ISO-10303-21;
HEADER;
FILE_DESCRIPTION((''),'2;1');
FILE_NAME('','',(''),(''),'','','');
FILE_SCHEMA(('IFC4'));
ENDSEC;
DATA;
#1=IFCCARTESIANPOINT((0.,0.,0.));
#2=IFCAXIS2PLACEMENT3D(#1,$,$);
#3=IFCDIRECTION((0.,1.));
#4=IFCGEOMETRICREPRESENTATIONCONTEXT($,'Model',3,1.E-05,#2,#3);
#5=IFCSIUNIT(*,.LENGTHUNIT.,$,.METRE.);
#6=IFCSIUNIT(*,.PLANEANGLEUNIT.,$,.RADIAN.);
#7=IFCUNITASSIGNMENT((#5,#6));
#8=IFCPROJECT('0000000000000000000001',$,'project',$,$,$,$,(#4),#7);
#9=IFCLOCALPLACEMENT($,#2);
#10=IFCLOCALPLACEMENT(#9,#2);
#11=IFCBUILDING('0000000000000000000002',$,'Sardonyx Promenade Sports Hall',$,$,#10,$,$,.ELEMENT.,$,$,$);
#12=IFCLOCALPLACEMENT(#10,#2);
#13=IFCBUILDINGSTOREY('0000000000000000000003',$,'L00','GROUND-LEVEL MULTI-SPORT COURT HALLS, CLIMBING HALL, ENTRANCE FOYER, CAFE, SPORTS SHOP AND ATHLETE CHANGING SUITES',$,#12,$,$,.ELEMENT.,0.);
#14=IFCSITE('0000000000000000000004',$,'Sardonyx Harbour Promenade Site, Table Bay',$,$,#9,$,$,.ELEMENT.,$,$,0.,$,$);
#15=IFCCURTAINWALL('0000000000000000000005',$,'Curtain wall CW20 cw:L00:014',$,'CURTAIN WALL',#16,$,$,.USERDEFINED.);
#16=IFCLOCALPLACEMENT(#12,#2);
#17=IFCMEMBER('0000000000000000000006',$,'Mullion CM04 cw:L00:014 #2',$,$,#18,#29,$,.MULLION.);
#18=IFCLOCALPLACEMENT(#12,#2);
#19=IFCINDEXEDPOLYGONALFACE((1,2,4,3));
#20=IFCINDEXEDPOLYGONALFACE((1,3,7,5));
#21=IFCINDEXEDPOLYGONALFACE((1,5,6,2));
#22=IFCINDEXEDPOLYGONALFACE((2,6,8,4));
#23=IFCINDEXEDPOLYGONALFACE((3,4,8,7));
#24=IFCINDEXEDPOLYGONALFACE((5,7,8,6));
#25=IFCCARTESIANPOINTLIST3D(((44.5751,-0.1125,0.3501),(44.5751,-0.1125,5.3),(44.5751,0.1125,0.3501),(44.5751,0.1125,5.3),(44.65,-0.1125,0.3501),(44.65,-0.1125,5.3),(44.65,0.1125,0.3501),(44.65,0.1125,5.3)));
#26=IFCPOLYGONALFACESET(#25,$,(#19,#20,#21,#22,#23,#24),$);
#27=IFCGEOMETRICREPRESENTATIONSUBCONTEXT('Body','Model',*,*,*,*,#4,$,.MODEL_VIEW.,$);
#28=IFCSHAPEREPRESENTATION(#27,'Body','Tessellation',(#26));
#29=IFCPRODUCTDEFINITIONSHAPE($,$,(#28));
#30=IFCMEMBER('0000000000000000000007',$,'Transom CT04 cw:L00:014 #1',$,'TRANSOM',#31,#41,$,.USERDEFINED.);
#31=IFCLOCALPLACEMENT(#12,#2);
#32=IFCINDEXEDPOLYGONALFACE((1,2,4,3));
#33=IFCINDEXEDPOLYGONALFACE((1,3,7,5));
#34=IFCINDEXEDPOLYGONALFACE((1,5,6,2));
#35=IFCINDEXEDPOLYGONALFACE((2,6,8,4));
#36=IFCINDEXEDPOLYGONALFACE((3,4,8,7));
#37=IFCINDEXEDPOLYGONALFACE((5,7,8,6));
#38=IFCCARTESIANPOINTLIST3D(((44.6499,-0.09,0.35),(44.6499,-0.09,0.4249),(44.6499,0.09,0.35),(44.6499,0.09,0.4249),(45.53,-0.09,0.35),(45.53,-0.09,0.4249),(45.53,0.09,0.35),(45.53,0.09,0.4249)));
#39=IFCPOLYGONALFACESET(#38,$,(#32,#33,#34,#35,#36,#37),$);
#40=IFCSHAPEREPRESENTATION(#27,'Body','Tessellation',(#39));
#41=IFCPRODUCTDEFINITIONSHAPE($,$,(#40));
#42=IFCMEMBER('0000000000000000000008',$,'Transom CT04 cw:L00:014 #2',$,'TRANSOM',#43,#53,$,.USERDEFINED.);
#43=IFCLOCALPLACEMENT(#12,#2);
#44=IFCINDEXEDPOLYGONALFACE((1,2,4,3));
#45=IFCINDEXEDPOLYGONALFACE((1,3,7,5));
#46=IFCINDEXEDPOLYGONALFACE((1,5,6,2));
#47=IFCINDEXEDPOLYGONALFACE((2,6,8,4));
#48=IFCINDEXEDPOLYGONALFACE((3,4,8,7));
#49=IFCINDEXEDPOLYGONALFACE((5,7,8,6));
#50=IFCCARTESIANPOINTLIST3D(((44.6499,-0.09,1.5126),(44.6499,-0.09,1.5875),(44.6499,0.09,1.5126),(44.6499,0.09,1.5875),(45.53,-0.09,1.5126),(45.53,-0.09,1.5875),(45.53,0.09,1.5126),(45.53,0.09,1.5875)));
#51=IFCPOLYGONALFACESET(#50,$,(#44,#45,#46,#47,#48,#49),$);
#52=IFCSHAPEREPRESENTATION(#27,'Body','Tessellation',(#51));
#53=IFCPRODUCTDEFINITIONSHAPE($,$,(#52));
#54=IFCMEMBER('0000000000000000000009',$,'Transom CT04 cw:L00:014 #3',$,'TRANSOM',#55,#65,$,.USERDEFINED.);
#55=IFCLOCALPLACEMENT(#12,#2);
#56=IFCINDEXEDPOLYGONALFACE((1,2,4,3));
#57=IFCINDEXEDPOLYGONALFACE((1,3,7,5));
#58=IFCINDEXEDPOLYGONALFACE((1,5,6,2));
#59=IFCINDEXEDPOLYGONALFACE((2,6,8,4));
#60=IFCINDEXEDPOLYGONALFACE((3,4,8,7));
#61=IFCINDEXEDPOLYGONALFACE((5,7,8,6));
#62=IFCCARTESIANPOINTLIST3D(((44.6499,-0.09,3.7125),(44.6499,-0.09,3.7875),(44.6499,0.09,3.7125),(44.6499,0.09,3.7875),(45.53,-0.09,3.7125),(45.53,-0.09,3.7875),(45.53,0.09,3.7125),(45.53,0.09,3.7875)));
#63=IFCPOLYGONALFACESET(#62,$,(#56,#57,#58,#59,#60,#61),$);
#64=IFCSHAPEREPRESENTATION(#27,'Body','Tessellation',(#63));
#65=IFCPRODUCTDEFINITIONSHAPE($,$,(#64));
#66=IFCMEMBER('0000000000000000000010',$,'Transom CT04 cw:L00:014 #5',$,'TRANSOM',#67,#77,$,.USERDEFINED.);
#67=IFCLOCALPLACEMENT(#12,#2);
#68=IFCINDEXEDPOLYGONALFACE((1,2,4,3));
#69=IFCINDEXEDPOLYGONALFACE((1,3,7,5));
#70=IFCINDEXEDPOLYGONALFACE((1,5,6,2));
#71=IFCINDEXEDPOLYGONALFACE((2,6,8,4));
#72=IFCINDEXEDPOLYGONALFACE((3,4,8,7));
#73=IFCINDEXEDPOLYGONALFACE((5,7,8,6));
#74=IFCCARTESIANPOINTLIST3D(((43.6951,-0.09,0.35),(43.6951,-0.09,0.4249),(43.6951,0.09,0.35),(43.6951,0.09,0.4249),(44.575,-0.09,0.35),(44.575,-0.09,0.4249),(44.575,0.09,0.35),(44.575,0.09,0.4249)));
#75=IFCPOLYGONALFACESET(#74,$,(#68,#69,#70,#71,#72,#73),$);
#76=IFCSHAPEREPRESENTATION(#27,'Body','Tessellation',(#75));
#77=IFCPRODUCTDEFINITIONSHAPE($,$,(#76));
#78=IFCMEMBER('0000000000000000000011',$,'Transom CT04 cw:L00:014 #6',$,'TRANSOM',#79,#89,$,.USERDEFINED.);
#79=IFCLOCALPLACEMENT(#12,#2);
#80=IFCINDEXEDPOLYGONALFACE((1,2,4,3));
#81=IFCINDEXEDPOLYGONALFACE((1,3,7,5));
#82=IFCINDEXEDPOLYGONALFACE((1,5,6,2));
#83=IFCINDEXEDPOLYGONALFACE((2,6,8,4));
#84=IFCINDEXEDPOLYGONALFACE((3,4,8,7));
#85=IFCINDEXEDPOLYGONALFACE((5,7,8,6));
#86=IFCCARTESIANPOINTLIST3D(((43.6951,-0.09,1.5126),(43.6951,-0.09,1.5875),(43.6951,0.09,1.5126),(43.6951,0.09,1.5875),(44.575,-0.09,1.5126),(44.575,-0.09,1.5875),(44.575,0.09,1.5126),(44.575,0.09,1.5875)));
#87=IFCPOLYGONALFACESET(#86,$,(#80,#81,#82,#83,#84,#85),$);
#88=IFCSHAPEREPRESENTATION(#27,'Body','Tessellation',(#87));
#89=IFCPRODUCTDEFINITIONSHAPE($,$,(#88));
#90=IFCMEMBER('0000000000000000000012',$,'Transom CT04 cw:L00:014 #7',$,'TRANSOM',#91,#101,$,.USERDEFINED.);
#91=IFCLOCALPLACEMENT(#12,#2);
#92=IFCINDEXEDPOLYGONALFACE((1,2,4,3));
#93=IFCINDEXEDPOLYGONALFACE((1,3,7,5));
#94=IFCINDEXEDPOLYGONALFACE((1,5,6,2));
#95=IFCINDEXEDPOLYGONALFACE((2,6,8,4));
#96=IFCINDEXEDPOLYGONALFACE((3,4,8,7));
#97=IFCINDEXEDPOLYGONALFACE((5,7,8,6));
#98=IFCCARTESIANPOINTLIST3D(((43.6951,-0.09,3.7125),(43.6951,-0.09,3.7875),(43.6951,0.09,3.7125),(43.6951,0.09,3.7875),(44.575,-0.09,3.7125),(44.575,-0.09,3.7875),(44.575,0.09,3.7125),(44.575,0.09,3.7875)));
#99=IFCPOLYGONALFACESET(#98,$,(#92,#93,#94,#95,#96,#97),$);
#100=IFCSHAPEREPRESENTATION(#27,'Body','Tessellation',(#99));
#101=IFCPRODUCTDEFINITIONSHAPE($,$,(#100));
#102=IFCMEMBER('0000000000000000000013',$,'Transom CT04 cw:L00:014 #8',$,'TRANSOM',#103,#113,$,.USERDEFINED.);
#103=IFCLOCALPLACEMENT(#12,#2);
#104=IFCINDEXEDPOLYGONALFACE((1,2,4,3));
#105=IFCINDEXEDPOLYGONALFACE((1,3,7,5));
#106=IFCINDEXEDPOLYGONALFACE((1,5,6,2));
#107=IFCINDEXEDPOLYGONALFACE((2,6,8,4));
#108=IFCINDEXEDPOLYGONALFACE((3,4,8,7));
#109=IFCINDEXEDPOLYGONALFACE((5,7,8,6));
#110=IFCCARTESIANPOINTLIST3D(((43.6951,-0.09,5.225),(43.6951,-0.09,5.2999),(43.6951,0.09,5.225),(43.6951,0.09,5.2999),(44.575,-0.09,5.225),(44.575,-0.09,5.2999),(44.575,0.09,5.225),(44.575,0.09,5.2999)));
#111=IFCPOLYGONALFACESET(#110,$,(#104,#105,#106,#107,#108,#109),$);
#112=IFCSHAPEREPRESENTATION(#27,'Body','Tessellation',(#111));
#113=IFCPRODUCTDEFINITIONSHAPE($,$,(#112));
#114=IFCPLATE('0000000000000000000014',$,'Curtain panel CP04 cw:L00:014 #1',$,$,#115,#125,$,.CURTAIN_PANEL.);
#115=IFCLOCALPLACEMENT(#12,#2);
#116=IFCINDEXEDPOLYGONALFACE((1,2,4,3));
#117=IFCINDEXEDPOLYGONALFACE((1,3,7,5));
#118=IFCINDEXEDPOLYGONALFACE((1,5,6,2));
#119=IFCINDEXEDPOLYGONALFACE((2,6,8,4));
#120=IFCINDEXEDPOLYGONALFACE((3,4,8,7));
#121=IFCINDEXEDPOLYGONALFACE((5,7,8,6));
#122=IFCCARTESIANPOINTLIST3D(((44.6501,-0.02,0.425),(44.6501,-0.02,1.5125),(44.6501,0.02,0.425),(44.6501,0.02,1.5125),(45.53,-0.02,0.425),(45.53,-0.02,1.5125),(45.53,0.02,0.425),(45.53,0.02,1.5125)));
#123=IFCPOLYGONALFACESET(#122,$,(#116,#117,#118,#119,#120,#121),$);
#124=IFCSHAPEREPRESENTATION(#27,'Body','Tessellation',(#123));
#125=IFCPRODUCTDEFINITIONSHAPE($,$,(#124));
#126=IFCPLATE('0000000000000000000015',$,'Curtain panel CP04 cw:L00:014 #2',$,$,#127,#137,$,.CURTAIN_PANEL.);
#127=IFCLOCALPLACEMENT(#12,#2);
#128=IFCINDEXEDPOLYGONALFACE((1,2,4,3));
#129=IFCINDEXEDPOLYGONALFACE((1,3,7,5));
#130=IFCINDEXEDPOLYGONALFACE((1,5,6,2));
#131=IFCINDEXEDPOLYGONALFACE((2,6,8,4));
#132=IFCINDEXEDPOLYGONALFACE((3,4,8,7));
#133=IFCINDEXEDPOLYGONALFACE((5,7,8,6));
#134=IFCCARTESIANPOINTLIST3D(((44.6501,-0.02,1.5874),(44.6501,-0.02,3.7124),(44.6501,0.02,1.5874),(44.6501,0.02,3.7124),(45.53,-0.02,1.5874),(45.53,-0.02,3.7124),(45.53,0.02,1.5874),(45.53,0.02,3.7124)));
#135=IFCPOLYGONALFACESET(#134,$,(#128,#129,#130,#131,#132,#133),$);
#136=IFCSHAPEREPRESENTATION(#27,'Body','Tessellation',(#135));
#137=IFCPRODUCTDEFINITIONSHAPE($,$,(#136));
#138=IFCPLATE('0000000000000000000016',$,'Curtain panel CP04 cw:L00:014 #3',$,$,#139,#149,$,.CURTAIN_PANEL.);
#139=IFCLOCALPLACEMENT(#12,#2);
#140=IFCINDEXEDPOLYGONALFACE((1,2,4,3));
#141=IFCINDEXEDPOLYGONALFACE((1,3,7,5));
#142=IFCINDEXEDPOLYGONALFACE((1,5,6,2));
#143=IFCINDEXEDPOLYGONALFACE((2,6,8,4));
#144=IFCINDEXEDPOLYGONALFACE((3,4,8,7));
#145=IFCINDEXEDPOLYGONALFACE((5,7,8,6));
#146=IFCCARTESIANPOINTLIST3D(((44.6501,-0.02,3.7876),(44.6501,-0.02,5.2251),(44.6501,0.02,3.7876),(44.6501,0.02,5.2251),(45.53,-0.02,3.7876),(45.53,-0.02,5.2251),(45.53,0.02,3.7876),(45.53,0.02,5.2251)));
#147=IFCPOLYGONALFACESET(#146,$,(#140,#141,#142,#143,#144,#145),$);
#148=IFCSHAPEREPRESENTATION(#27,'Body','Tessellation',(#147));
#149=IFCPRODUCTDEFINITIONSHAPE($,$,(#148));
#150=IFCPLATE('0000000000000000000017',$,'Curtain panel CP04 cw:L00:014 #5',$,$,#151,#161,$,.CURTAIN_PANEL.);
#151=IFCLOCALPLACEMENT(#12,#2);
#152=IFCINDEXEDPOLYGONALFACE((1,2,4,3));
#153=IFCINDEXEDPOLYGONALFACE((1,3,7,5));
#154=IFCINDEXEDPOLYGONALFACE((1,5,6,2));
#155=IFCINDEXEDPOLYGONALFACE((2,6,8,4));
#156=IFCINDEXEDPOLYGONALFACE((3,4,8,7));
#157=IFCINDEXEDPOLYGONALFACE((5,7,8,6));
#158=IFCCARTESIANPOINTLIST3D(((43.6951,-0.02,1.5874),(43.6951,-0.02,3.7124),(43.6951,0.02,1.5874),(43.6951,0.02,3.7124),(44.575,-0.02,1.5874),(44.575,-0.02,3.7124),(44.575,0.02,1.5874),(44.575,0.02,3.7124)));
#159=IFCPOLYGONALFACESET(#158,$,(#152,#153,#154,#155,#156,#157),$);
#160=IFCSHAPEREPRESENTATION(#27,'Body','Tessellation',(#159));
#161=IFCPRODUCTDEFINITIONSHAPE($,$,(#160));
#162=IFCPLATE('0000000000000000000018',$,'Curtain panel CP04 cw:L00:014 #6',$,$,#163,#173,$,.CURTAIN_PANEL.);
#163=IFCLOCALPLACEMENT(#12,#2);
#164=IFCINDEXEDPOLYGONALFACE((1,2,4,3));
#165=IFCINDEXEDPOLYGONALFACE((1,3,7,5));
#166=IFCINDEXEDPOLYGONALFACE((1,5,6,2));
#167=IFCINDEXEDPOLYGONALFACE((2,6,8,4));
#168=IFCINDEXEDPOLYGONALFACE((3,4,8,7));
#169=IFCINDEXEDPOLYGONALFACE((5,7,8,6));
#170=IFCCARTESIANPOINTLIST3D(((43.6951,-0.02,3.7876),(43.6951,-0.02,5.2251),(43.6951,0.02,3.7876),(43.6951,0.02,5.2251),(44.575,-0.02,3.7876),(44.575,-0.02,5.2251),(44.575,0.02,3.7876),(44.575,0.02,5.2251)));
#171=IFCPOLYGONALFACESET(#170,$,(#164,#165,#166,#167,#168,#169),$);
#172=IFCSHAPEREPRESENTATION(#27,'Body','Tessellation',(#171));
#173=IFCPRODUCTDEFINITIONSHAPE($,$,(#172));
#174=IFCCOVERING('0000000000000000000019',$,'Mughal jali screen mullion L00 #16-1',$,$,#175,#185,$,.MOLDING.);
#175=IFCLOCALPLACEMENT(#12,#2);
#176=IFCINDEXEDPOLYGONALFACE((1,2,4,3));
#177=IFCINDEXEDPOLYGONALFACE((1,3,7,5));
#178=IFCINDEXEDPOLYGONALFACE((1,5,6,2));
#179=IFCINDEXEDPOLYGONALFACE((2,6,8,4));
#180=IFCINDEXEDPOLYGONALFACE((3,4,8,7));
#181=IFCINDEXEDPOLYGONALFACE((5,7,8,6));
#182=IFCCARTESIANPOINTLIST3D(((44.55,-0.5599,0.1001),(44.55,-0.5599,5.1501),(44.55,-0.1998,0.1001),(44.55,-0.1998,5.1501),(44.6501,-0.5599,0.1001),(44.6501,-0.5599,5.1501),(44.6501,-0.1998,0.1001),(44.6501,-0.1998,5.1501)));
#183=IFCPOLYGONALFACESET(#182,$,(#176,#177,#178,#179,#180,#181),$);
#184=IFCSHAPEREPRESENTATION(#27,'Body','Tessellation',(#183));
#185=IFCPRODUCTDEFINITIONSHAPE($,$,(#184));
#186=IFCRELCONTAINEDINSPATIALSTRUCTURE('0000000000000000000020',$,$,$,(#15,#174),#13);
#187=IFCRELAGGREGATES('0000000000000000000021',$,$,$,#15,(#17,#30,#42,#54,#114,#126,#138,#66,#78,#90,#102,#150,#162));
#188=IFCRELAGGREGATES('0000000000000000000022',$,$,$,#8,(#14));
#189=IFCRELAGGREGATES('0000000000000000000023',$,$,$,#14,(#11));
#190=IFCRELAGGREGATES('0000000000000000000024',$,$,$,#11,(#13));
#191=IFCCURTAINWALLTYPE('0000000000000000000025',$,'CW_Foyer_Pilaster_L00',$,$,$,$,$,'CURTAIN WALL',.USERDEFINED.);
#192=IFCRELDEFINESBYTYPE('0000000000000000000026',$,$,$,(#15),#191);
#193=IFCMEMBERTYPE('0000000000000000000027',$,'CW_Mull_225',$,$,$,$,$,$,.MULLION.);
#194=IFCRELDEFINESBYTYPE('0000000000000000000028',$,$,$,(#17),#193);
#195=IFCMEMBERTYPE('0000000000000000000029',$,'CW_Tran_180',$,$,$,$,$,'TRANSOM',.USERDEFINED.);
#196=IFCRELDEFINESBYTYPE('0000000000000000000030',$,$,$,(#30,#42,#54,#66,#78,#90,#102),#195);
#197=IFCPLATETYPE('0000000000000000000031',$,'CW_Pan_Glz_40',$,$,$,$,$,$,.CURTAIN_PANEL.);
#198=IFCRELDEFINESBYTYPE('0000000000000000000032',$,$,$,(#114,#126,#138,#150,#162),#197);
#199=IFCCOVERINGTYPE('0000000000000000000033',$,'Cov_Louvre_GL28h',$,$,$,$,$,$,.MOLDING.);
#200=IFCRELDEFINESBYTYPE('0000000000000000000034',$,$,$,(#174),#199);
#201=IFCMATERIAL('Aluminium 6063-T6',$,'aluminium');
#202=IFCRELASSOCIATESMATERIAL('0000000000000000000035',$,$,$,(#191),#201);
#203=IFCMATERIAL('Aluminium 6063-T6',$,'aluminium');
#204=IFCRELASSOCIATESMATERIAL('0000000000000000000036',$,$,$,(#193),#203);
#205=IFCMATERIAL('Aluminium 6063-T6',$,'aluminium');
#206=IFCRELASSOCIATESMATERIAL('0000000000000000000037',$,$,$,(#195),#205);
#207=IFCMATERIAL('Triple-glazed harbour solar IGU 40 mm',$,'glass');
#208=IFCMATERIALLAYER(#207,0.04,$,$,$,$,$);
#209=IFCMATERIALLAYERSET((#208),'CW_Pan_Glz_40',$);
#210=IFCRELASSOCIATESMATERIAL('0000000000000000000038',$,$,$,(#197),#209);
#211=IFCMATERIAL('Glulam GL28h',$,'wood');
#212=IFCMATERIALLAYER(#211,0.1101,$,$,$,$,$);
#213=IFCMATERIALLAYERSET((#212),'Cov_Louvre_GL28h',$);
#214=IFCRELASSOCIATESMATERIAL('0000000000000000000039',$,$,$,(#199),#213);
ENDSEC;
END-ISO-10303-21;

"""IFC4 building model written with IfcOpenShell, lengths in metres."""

from ifc_helpers import new_model, si_unit, direction, frame, origin, origin_2d, place, context, subcontext, project, spatial, rectangle, extrude, material, layer, layer_set, material_profile, profile_set, type_object, element, aggregate, save


model = new_model("IFC4")

# Units and contexts
model_context = context("Model", 3, precision=1e-05, world=origin(), true_north=direction((0.0, 1.0)))
body_context = subcontext(model_context, "Body", "Model", "MODEL_VIEW")
ifc_project = project(units=[si_unit("LENGTHUNIT", "METRE"), si_unit("PLANEANGLEUNIT", "RADIAN")], contexts=[model_context])

# Site, building, storey
site_placement = place(None, origin())
site = spatial("IfcSite", under=ifc_project, at=site_placement, Name="Sardonyx Harbour Promenade Site, Table Bay", CompositionType="ELEMENT", RefElevation=0.0)
building_placement = place(site_placement, origin())
building = spatial("IfcBuilding", under=site, at=building_placement, Name="Sardonyx Promenade Sports Hall", CompositionType="ELEMENT")
storey_placement = place(building_placement, origin())
storey = spatial("IfcBuildingStorey", under=building, at=storey_placement, Name="L00", Description="GROUND-LEVEL MULTI-SPORT COURT HALLS, CLIMBING HALL, ENTRANCE FOYER, CAFE, SPORTS SHOP AND ATHLETE CHANGING SUITES", CompositionType="ELEMENT", Elevation=0.0)

# Curtain wall, members, plates
ifc_material_1 = material(Name="Aluminium 6063-T6", Category="aluminium")
curtain_wall_type = type_object("IfcCurtainWallType", Name="CW_Foyer_Pilaster_L00", ElementType="CURTAIN WALL", PredefinedType="USERDEFINED", material=ifc_material_1)
curtain_wall_placement = place(storey_placement, origin())
curtain_wall = element("IfcCurtainWall", 1, at=curtain_wall_placement, inside=storey, type_object=curtain_wall_type, Name="Curtain wall CW20 cw:L00:014", ObjectType="CURTAIN WALL", PredefinedType="USERDEFINED")
ifc_material_2 = material(Name="Aluminium 6063-T6", Category="aluminium")
ifc_material_profile_1 = material_profile(ifc_material_2, rectangle(XDim=0.075, YDim=0.2251, at=origin_2d()))
ifc_profile_set_1 = profile_set([ifc_material_profile_1], Name="Aluminium 6063-T6")
member_type_1 = type_object("IfcMemberType", Name="CW_Mull_225", PredefinedType="MULLION", material=ifc_profile_set_1)
member_1_placement = place(storey_placement, frame((44.6125, 0.0, 0.3501), z_axis=(0.0, 0.0, 1.0), x_axis=(-1.0, 0.0, 0.0)))
member_1 = element("IfcMember", 2, at=member_1_placement, type_object=member_type_1, Name="Mullion CM04 cw:L00:014 #2", PredefinedType="MULLION", context=body_context, shape_type="SweptSolid", body=[
    extrude(rectangle(XDim=0.075, YDim=0.2251, at=origin_2d()), origin(), (0.0, 0.0, 1.0), 4.95),
])
ifc_material_3 = material(Name="Aluminium 6063-T6", Category="aluminium")
ifc_material_profile_2 = material_profile(ifc_material_3, rectangle(XDim=0.075, YDim=0.1799, at=origin_2d()))
ifc_profile_set_2 = profile_set([ifc_material_profile_2], Name="Aluminium 6063-T6")
member_type_2 = type_object("IfcMemberType", Name="CW_Tran_180", ElementType="TRANSOM", PredefinedType="USERDEFINED", material=ifc_profile_set_2)
member_2_placement = place(storey_placement, frame((45.53, 0.0, 0.3875), z_axis=(-1.0, 0.0, 0.0), x_axis=(0.0, 0.0, 1.0)))
member_2 = element("IfcMember", 3, at=member_2_placement, type_object=member_type_2, Name="Transom CT04 cw:L00:014 #1", ObjectType="TRANSOM", PredefinedType="USERDEFINED", context=body_context, shape_type="SweptSolid", body=[
    extrude(rectangle(XDim=0.075, YDim=0.1799, at=origin_2d()), origin(), (0.0, 0.0, 1.0), 0.8801),
])
member_3_placement = place(storey_placement, frame((45.53, 0.0, 1.55), z_axis=(-1.0, 0.0, 0.0), x_axis=(0.0, 0.0, 1.0)))
member_3 = element("IfcMember", 4, at=member_3_placement, type_object=member_type_2, Name="Transom CT04 cw:L00:014 #2", ObjectType="TRANSOM", PredefinedType="USERDEFINED", context=body_context, shape_type="SweptSolid", body=[
    extrude(rectangle(XDim=0.075, YDim=0.1799, at=origin_2d()), origin(), (0.0, 0.0, 1.0), 0.8801),
])
member_4_placement = place(storey_placement, frame((45.53, 0.0, 3.75), z_axis=(-1.0, 0.0, 0.0), x_axis=(0.0, 0.0, 1.0)))
member_4 = element("IfcMember", 5, at=member_4_placement, type_object=member_type_2, Name="Transom CT04 cw:L00:014 #3", ObjectType="TRANSOM", PredefinedType="USERDEFINED", context=body_context, shape_type="SweptSolid", body=[
    extrude(rectangle(XDim=0.075, YDim=0.1799, at=origin_2d()), origin(), (0.0, 0.0, 1.0), 0.8801),
])
member_5_placement = place(storey_placement, frame((44.575, 0.0, 0.3875), z_axis=(-1.0, 0.0, 0.0), x_axis=(0.0, 0.0, 1.0)))
member_5 = element("IfcMember", 6, at=member_5_placement, type_object=member_type_2, Name="Transom CT04 cw:L00:014 #5", ObjectType="TRANSOM", PredefinedType="USERDEFINED", context=body_context, shape_type="SweptSolid", body=[
    extrude(rectangle(XDim=0.075, YDim=0.1799, at=origin_2d()), origin(), (0.0, 0.0, 1.0), 0.8799),
])
member_6_placement = place(storey_placement, frame((44.575, 0.0, 1.55), z_axis=(-1.0, 0.0, 0.0), x_axis=(0.0, 0.0, 1.0)))
member_6 = element("IfcMember", 7, at=member_6_placement, type_object=member_type_2, Name="Transom CT04 cw:L00:014 #6", ObjectType="TRANSOM", PredefinedType="USERDEFINED", context=body_context, shape_type="SweptSolid", body=[
    extrude(rectangle(XDim=0.075, YDim=0.1799, at=origin_2d()), origin(), (0.0, 0.0, 1.0), 0.8799),
])
member_7_placement = place(storey_placement, frame((44.575, 0.0, 3.75), z_axis=(-1.0, 0.0, 0.0), x_axis=(0.0, 0.0, 1.0)))
member_7 = element("IfcMember", 8, at=member_7_placement, type_object=member_type_2, Name="Transom CT04 cw:L00:014 #7", ObjectType="TRANSOM", PredefinedType="USERDEFINED", context=body_context, shape_type="SweptSolid", body=[
    extrude(rectangle(XDim=0.075, YDim=0.1799, at=origin_2d()), origin(), (0.0, 0.0, 1.0), 0.8799),
])
member_8_placement = place(storey_placement, frame((44.575, 0.0, 5.2625), z_axis=(-1.0, 0.0, 0.0), x_axis=(0.0, 0.0, 1.0)))
member_8 = element("IfcMember", 9, at=member_8_placement, type_object=member_type_2, Name="Transom CT04 cw:L00:014 #8", ObjectType="TRANSOM", PredefinedType="USERDEFINED", context=body_context, shape_type="SweptSolid", body=[
    extrude(rectangle(XDim=0.075, YDim=0.1799, at=origin_2d()), origin(), (0.0, 0.0, 1.0), 0.8799),
])
ifc_material_4 = material(Name="Triple-glazed harbour solar IGU 40 mm", Category="glass")
ifc_layer_1 = layer(ifc_material_4, 0.04)
ifc_layer_set_1 = layer_set([ifc_layer_1], Name="CW_Pan_Glz_40")
plate_type = type_object("IfcPlateType", Name="CW_Pan_Glz_40", PredefinedType="CURTAIN_PANEL", material=ifc_layer_set_1)
plate_1_placement = place(storey_placement, frame((45.0901, 0.0, 0.425), z_axis=(0.0, 0.0, 1.0), x_axis=(-1.0, 0.0, 0.0)))
plate_1 = element("IfcPlate", 10, at=plate_1_placement, type_object=plate_type, Name="Curtain panel CP04 cw:L00:014 #1", PredefinedType="CURTAIN_PANEL", context=body_context, shape_type="SweptSolid", body=[
    extrude(rectangle(XDim=0.8799, YDim=0.04, at=origin_2d()), origin(), (0.0, 0.0, 1.0), 1.0874),
])
plate_2_placement = place(storey_placement, frame((45.0901, 0.0, 1.5874), z_axis=(0.0, 0.0, 1.0), x_axis=(-1.0, 0.0, 0.0)))
plate_2 = element("IfcPlate", 11, at=plate_2_placement, type_object=plate_type, Name="Curtain panel CP04 cw:L00:014 #2", PredefinedType="CURTAIN_PANEL", context=body_context, shape_type="SweptSolid", body=[
    extrude(rectangle(XDim=0.8799, YDim=0.04, at=origin_2d()), origin(), (0.0, 0.0, 1.0), 2.125),
])
plate_3_placement = place(storey_placement, frame((45.0901, 0.0, 3.7876), z_axis=(0.0, 0.0, 1.0), x_axis=(-1.0, 0.0, 0.0)))
plate_3 = element("IfcPlate", 12, at=plate_3_placement, type_object=plate_type, Name="Curtain panel CP04 cw:L00:014 #3", PredefinedType="CURTAIN_PANEL", context=body_context, shape_type="SweptSolid", body=[
    extrude(rectangle(XDim=0.8799, YDim=0.04, at=origin_2d()), origin(), (0.0, 0.0, 1.0), 1.4375),
])
plate_4_placement = place(storey_placement, frame((44.135, 0.0, 1.5874), z_axis=(0.0, 0.0, 1.0), x_axis=(-1.0, 0.0, 0.0)))
plate_4 = element("IfcPlate", 13, at=plate_4_placement, type_object=plate_type, Name="Curtain panel CP04 cw:L00:014 #5", PredefinedType="CURTAIN_PANEL", context=body_context, shape_type="SweptSolid", body=[
    extrude(rectangle(XDim=0.8799, YDim=0.04, at=origin_2d()), origin(), (0.0, 0.0, 1.0), 2.125),
])
plate_5_placement = place(storey_placement, frame((44.135, 0.0, 3.7876), z_axis=(0.0, 0.0, 1.0), x_axis=(-1.0, 0.0, 0.0)))
plate_5 = element("IfcPlate", 14, at=plate_5_placement, type_object=plate_type, Name="Curtain panel CP04 cw:L00:014 #6", PredefinedType="CURTAIN_PANEL", context=body_context, shape_type="SweptSolid", body=[
    extrude(rectangle(XDim=0.8799, YDim=0.04, at=origin_2d()), origin(), (0.0, 0.0, 1.0), 1.4375),
])
aggregate(curtain_wall, [member_1, member_2, member_3, member_4, plate_1, plate_2, plate_3, member_5, member_6, member_7, member_8, plate_4, plate_5])

# Covering
ifc_material_5 = material(Name="Glulam GL28h", Category="wood")
ifc_layer_2 = layer(ifc_material_5, 0.1101)
ifc_layer_set_2 = layer_set([ifc_layer_2], Name="Cov_Louvre_GL28h")
covering_type_1 = type_object("IfcCoveringType", Name="Cov_Louvre_GL28h", PredefinedType="MOLDING", material=ifc_layer_set_2)
for number, where, z_axis, x_axis, name in (
    (15, (44.6001, -0.3799, 0.1001), (0.0, 0.0, 1.0), (1.0, 0.0, 0.0), "Mughal jali screen mullion L00 #16-1"),
):
    element("IfcCovering", number, at=place(storey_placement, frame(where, z_axis=z_axis, x_axis=x_axis)), inside=storey, type_object=covering_type_1, Name=name, PredefinedType="MOLDING", context=body_context, shape_type="SweptSolid", body=[
        extrude(rectangle(XDim=0.1001, YDim=0.3601, at=origin_2d()), origin(), (0.0, 0.0, 1.0), 5.05),
    ])

save(model, "model.ifc")
